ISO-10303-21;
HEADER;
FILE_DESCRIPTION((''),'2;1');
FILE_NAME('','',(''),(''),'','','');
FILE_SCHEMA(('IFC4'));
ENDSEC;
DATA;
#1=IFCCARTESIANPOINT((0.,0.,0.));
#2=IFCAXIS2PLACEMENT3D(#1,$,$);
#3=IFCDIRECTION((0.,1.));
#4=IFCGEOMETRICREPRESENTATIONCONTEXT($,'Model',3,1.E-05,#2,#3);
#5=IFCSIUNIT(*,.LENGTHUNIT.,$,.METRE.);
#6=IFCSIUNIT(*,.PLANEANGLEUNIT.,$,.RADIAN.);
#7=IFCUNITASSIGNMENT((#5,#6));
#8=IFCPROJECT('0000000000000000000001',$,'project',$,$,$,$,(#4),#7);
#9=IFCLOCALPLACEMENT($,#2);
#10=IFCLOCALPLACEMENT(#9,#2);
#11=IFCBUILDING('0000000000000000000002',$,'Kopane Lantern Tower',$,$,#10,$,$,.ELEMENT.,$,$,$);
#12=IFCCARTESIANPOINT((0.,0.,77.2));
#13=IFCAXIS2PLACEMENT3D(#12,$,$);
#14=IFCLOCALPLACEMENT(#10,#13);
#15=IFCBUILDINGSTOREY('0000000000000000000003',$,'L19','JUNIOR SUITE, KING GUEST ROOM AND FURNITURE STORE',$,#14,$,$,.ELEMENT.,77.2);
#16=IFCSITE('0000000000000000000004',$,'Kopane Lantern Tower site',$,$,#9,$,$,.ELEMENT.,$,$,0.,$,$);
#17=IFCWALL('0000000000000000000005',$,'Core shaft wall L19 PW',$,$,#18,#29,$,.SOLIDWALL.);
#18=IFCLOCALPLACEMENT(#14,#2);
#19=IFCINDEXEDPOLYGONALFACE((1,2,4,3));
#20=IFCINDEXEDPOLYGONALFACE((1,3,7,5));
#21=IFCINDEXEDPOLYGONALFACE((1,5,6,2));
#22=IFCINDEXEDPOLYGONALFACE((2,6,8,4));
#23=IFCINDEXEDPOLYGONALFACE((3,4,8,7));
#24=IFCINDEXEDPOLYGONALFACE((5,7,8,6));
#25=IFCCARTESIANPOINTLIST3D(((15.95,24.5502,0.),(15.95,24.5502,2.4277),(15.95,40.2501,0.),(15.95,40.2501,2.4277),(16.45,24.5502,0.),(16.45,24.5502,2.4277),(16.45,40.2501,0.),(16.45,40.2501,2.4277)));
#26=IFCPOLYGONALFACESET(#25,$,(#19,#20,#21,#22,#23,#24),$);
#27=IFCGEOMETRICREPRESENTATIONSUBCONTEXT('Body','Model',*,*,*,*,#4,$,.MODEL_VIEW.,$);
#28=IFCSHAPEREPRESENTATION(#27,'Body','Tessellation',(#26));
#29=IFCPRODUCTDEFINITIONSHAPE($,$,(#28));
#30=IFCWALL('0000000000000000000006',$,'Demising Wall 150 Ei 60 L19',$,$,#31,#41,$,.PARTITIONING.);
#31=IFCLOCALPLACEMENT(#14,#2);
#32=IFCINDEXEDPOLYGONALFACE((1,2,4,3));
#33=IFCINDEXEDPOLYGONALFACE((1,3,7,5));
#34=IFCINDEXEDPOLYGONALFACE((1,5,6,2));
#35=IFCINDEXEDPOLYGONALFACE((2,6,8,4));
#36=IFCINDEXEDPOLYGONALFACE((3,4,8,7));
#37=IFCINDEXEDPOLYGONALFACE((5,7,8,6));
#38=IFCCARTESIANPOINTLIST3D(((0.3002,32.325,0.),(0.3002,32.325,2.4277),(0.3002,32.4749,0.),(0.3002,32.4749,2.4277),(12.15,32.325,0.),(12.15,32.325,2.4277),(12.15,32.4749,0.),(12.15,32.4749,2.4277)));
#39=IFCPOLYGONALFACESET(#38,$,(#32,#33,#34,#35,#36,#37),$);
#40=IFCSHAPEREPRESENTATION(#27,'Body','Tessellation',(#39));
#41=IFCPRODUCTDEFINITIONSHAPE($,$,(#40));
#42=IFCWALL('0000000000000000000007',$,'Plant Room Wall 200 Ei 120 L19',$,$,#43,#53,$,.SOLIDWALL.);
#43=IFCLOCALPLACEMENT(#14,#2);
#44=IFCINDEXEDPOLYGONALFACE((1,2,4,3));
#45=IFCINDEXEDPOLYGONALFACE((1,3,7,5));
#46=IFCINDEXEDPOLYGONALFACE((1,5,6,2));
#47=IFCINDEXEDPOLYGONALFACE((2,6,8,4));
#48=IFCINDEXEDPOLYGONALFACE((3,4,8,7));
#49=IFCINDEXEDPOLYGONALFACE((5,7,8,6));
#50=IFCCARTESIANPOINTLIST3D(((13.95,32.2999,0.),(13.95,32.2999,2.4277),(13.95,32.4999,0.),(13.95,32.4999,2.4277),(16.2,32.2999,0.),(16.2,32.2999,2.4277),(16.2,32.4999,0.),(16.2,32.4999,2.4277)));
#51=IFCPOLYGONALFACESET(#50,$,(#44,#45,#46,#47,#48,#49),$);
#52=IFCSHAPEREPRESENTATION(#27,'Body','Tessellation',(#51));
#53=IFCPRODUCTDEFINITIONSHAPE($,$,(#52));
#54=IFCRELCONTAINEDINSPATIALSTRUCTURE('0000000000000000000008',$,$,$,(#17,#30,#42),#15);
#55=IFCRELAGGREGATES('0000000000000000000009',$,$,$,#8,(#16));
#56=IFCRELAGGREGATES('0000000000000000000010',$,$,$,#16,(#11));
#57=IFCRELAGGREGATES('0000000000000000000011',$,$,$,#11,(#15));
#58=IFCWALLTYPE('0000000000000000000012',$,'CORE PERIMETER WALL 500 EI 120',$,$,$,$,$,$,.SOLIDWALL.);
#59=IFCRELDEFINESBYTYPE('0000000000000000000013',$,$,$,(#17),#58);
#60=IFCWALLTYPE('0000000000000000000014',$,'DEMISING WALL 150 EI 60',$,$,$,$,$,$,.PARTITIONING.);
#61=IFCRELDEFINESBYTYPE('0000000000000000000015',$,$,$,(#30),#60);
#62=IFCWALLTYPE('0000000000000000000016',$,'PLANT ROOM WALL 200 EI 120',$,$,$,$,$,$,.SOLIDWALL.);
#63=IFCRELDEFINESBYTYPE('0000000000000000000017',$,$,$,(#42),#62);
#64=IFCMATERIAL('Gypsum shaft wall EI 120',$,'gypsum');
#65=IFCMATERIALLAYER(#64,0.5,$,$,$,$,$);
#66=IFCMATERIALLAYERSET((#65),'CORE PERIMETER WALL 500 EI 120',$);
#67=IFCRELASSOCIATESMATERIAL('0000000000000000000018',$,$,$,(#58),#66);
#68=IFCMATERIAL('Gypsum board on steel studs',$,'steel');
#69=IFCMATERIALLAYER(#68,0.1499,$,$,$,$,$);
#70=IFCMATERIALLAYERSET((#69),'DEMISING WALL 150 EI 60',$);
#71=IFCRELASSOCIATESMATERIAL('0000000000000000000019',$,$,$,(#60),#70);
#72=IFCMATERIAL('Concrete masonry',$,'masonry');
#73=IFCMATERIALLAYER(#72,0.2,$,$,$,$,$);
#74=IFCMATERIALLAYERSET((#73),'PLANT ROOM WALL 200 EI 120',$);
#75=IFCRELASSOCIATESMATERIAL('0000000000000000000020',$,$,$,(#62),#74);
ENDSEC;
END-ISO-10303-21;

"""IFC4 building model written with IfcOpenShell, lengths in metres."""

from ifc_helpers import new_model, si_unit, direction, frame, frame_2d, origin, place, context, subcontext, project, spatial, rectangle, extrude, material, layer, layer_set, type_object, element, save


model = new_model("IFC4")

# Units and contexts
model_context = context("Model", 3, precision=1e-05, world=origin(), true_north=direction((0.0, 1.0)))
body_context = subcontext(model_context, "Body", "Model", "MODEL_VIEW")
ifc_project = project(units=[si_unit("LENGTHUNIT", "METRE"), si_unit("PLANEANGLEUNIT", "RADIAN")], contexts=[model_context])

# Site, building, storey
site_placement = place(None, origin())
site = spatial("IfcSite", under=ifc_project, at=site_placement, Name="Kopane Lantern Tower site", CompositionType="ELEMENT", RefElevation=0.0)
building_placement = place(site_placement, origin())
building = spatial("IfcBuilding", under=site, at=building_placement, Name="Kopane Lantern Tower", CompositionType="ELEMENT")
storey_placement = place(building_placement, frame((0.0, 0.0, 77.2)))
storey = spatial("IfcBuildingStorey", under=building, at=storey_placement, Name="L19", Description="JUNIOR SUITE, KING GUEST ROOM AND FURNITURE STORE", CompositionType="ELEMENT", Elevation=77.2)

# Walls
ifc_material_1 = material(Name="Gypsum shaft wall EI 120", Category="gypsum")
ifc_layer_1 = layer(ifc_material_1, 0.5)
ifc_layer_set_1 = layer_set([ifc_layer_1], Name="CORE PERIMETER WALL 500 EI 120")
wall_type_1 = type_object("IfcWallType", Name="CORE PERIMETER WALL 500 EI 120", PredefinedType="SOLIDWALL", material=ifc_layer_set_1)
wall_1_placement = place(storey_placement, frame((16.2, 24.55, 0.0), z_axis=(0.0, 0.0, 1.0), x_axis=(0.0, 1.0, 0.0)))
element("IfcWall", 1, at=wall_1_placement, inside=storey, type_object=wall_type_1, Name="Core shaft wall L19 PW", PredefinedType="SOLIDWALL", context=body_context, shape_type="SweptSolid", body=[
    extrude(rectangle(XDim=15.7, YDim=0.5, at=frame_2d((7.8501, 0.0))), origin(), (0.0, 0.0, 1.0), 2.4277),
])
ifc_material_2 = material(Name="Gypsum board on steel studs", Category="steel")
ifc_layer_2 = layer(ifc_material_2, 0.1499)
ifc_layer_set_2 = layer_set([ifc_layer_2], Name="DEMISING WALL 150 EI 60")
wall_type_2 = type_object("IfcWallType", Name="DEMISING WALL 150 EI 60", PredefinedType="PARTITIONING", material=ifc_layer_set_2)
wall_2_placement = place(storey_placement, frame((12.1499, 32.3999, 0.0), z_axis=(0.0, 0.0, 1.0), x_axis=(-1.0, 0.0, 0.0)))
element("IfcWall", 2, at=wall_2_placement, inside=storey, type_object=wall_type_2, Name="Demising Wall 150 Ei 60 L19", PredefinedType="PARTITIONING", context=body_context, shape_type="SweptSolid", body=[
    extrude(rectangle(XDim=11.8499, YDim=0.1499, at=frame_2d((5.9248, 0.0))), origin(), (0.0, 0.0, 1.0), 2.4277),
])
ifc_material_3 = material(Name="Concrete masonry", Category="masonry")
ifc_layer_3 = layer(ifc_material_3, 0.2)
ifc_layer_set_3 = layer_set([ifc_layer_3], Name="PLANT ROOM WALL 200 EI 120")
wall_type_3 = type_object("IfcWallType", Name="PLANT ROOM WALL 200 EI 120", PredefinedType="SOLIDWALL", material=ifc_layer_set_3)
wall_3_placement = place(storey_placement, frame((13.95, 32.3999, 0.0), z_axis=(0.0, 0.0, 1.0), x_axis=(1.0, 0.0, 0.0)))
element("IfcWall", 3, at=wall_3_placement, inside=storey, type_object=wall_type_3, Name="Plant Room Wall 200 Ei 120 L19", PredefinedType="SOLIDWALL", context=body_context, shape_type="SweptSolid", body=[
    extrude(rectangle(XDim=2.25, YDim=0.2, at=frame_2d((1.125, 0.0))), origin(), (0.0, 0.0, 1.0), 2.4277),
])

save(model, "model.ifc")
